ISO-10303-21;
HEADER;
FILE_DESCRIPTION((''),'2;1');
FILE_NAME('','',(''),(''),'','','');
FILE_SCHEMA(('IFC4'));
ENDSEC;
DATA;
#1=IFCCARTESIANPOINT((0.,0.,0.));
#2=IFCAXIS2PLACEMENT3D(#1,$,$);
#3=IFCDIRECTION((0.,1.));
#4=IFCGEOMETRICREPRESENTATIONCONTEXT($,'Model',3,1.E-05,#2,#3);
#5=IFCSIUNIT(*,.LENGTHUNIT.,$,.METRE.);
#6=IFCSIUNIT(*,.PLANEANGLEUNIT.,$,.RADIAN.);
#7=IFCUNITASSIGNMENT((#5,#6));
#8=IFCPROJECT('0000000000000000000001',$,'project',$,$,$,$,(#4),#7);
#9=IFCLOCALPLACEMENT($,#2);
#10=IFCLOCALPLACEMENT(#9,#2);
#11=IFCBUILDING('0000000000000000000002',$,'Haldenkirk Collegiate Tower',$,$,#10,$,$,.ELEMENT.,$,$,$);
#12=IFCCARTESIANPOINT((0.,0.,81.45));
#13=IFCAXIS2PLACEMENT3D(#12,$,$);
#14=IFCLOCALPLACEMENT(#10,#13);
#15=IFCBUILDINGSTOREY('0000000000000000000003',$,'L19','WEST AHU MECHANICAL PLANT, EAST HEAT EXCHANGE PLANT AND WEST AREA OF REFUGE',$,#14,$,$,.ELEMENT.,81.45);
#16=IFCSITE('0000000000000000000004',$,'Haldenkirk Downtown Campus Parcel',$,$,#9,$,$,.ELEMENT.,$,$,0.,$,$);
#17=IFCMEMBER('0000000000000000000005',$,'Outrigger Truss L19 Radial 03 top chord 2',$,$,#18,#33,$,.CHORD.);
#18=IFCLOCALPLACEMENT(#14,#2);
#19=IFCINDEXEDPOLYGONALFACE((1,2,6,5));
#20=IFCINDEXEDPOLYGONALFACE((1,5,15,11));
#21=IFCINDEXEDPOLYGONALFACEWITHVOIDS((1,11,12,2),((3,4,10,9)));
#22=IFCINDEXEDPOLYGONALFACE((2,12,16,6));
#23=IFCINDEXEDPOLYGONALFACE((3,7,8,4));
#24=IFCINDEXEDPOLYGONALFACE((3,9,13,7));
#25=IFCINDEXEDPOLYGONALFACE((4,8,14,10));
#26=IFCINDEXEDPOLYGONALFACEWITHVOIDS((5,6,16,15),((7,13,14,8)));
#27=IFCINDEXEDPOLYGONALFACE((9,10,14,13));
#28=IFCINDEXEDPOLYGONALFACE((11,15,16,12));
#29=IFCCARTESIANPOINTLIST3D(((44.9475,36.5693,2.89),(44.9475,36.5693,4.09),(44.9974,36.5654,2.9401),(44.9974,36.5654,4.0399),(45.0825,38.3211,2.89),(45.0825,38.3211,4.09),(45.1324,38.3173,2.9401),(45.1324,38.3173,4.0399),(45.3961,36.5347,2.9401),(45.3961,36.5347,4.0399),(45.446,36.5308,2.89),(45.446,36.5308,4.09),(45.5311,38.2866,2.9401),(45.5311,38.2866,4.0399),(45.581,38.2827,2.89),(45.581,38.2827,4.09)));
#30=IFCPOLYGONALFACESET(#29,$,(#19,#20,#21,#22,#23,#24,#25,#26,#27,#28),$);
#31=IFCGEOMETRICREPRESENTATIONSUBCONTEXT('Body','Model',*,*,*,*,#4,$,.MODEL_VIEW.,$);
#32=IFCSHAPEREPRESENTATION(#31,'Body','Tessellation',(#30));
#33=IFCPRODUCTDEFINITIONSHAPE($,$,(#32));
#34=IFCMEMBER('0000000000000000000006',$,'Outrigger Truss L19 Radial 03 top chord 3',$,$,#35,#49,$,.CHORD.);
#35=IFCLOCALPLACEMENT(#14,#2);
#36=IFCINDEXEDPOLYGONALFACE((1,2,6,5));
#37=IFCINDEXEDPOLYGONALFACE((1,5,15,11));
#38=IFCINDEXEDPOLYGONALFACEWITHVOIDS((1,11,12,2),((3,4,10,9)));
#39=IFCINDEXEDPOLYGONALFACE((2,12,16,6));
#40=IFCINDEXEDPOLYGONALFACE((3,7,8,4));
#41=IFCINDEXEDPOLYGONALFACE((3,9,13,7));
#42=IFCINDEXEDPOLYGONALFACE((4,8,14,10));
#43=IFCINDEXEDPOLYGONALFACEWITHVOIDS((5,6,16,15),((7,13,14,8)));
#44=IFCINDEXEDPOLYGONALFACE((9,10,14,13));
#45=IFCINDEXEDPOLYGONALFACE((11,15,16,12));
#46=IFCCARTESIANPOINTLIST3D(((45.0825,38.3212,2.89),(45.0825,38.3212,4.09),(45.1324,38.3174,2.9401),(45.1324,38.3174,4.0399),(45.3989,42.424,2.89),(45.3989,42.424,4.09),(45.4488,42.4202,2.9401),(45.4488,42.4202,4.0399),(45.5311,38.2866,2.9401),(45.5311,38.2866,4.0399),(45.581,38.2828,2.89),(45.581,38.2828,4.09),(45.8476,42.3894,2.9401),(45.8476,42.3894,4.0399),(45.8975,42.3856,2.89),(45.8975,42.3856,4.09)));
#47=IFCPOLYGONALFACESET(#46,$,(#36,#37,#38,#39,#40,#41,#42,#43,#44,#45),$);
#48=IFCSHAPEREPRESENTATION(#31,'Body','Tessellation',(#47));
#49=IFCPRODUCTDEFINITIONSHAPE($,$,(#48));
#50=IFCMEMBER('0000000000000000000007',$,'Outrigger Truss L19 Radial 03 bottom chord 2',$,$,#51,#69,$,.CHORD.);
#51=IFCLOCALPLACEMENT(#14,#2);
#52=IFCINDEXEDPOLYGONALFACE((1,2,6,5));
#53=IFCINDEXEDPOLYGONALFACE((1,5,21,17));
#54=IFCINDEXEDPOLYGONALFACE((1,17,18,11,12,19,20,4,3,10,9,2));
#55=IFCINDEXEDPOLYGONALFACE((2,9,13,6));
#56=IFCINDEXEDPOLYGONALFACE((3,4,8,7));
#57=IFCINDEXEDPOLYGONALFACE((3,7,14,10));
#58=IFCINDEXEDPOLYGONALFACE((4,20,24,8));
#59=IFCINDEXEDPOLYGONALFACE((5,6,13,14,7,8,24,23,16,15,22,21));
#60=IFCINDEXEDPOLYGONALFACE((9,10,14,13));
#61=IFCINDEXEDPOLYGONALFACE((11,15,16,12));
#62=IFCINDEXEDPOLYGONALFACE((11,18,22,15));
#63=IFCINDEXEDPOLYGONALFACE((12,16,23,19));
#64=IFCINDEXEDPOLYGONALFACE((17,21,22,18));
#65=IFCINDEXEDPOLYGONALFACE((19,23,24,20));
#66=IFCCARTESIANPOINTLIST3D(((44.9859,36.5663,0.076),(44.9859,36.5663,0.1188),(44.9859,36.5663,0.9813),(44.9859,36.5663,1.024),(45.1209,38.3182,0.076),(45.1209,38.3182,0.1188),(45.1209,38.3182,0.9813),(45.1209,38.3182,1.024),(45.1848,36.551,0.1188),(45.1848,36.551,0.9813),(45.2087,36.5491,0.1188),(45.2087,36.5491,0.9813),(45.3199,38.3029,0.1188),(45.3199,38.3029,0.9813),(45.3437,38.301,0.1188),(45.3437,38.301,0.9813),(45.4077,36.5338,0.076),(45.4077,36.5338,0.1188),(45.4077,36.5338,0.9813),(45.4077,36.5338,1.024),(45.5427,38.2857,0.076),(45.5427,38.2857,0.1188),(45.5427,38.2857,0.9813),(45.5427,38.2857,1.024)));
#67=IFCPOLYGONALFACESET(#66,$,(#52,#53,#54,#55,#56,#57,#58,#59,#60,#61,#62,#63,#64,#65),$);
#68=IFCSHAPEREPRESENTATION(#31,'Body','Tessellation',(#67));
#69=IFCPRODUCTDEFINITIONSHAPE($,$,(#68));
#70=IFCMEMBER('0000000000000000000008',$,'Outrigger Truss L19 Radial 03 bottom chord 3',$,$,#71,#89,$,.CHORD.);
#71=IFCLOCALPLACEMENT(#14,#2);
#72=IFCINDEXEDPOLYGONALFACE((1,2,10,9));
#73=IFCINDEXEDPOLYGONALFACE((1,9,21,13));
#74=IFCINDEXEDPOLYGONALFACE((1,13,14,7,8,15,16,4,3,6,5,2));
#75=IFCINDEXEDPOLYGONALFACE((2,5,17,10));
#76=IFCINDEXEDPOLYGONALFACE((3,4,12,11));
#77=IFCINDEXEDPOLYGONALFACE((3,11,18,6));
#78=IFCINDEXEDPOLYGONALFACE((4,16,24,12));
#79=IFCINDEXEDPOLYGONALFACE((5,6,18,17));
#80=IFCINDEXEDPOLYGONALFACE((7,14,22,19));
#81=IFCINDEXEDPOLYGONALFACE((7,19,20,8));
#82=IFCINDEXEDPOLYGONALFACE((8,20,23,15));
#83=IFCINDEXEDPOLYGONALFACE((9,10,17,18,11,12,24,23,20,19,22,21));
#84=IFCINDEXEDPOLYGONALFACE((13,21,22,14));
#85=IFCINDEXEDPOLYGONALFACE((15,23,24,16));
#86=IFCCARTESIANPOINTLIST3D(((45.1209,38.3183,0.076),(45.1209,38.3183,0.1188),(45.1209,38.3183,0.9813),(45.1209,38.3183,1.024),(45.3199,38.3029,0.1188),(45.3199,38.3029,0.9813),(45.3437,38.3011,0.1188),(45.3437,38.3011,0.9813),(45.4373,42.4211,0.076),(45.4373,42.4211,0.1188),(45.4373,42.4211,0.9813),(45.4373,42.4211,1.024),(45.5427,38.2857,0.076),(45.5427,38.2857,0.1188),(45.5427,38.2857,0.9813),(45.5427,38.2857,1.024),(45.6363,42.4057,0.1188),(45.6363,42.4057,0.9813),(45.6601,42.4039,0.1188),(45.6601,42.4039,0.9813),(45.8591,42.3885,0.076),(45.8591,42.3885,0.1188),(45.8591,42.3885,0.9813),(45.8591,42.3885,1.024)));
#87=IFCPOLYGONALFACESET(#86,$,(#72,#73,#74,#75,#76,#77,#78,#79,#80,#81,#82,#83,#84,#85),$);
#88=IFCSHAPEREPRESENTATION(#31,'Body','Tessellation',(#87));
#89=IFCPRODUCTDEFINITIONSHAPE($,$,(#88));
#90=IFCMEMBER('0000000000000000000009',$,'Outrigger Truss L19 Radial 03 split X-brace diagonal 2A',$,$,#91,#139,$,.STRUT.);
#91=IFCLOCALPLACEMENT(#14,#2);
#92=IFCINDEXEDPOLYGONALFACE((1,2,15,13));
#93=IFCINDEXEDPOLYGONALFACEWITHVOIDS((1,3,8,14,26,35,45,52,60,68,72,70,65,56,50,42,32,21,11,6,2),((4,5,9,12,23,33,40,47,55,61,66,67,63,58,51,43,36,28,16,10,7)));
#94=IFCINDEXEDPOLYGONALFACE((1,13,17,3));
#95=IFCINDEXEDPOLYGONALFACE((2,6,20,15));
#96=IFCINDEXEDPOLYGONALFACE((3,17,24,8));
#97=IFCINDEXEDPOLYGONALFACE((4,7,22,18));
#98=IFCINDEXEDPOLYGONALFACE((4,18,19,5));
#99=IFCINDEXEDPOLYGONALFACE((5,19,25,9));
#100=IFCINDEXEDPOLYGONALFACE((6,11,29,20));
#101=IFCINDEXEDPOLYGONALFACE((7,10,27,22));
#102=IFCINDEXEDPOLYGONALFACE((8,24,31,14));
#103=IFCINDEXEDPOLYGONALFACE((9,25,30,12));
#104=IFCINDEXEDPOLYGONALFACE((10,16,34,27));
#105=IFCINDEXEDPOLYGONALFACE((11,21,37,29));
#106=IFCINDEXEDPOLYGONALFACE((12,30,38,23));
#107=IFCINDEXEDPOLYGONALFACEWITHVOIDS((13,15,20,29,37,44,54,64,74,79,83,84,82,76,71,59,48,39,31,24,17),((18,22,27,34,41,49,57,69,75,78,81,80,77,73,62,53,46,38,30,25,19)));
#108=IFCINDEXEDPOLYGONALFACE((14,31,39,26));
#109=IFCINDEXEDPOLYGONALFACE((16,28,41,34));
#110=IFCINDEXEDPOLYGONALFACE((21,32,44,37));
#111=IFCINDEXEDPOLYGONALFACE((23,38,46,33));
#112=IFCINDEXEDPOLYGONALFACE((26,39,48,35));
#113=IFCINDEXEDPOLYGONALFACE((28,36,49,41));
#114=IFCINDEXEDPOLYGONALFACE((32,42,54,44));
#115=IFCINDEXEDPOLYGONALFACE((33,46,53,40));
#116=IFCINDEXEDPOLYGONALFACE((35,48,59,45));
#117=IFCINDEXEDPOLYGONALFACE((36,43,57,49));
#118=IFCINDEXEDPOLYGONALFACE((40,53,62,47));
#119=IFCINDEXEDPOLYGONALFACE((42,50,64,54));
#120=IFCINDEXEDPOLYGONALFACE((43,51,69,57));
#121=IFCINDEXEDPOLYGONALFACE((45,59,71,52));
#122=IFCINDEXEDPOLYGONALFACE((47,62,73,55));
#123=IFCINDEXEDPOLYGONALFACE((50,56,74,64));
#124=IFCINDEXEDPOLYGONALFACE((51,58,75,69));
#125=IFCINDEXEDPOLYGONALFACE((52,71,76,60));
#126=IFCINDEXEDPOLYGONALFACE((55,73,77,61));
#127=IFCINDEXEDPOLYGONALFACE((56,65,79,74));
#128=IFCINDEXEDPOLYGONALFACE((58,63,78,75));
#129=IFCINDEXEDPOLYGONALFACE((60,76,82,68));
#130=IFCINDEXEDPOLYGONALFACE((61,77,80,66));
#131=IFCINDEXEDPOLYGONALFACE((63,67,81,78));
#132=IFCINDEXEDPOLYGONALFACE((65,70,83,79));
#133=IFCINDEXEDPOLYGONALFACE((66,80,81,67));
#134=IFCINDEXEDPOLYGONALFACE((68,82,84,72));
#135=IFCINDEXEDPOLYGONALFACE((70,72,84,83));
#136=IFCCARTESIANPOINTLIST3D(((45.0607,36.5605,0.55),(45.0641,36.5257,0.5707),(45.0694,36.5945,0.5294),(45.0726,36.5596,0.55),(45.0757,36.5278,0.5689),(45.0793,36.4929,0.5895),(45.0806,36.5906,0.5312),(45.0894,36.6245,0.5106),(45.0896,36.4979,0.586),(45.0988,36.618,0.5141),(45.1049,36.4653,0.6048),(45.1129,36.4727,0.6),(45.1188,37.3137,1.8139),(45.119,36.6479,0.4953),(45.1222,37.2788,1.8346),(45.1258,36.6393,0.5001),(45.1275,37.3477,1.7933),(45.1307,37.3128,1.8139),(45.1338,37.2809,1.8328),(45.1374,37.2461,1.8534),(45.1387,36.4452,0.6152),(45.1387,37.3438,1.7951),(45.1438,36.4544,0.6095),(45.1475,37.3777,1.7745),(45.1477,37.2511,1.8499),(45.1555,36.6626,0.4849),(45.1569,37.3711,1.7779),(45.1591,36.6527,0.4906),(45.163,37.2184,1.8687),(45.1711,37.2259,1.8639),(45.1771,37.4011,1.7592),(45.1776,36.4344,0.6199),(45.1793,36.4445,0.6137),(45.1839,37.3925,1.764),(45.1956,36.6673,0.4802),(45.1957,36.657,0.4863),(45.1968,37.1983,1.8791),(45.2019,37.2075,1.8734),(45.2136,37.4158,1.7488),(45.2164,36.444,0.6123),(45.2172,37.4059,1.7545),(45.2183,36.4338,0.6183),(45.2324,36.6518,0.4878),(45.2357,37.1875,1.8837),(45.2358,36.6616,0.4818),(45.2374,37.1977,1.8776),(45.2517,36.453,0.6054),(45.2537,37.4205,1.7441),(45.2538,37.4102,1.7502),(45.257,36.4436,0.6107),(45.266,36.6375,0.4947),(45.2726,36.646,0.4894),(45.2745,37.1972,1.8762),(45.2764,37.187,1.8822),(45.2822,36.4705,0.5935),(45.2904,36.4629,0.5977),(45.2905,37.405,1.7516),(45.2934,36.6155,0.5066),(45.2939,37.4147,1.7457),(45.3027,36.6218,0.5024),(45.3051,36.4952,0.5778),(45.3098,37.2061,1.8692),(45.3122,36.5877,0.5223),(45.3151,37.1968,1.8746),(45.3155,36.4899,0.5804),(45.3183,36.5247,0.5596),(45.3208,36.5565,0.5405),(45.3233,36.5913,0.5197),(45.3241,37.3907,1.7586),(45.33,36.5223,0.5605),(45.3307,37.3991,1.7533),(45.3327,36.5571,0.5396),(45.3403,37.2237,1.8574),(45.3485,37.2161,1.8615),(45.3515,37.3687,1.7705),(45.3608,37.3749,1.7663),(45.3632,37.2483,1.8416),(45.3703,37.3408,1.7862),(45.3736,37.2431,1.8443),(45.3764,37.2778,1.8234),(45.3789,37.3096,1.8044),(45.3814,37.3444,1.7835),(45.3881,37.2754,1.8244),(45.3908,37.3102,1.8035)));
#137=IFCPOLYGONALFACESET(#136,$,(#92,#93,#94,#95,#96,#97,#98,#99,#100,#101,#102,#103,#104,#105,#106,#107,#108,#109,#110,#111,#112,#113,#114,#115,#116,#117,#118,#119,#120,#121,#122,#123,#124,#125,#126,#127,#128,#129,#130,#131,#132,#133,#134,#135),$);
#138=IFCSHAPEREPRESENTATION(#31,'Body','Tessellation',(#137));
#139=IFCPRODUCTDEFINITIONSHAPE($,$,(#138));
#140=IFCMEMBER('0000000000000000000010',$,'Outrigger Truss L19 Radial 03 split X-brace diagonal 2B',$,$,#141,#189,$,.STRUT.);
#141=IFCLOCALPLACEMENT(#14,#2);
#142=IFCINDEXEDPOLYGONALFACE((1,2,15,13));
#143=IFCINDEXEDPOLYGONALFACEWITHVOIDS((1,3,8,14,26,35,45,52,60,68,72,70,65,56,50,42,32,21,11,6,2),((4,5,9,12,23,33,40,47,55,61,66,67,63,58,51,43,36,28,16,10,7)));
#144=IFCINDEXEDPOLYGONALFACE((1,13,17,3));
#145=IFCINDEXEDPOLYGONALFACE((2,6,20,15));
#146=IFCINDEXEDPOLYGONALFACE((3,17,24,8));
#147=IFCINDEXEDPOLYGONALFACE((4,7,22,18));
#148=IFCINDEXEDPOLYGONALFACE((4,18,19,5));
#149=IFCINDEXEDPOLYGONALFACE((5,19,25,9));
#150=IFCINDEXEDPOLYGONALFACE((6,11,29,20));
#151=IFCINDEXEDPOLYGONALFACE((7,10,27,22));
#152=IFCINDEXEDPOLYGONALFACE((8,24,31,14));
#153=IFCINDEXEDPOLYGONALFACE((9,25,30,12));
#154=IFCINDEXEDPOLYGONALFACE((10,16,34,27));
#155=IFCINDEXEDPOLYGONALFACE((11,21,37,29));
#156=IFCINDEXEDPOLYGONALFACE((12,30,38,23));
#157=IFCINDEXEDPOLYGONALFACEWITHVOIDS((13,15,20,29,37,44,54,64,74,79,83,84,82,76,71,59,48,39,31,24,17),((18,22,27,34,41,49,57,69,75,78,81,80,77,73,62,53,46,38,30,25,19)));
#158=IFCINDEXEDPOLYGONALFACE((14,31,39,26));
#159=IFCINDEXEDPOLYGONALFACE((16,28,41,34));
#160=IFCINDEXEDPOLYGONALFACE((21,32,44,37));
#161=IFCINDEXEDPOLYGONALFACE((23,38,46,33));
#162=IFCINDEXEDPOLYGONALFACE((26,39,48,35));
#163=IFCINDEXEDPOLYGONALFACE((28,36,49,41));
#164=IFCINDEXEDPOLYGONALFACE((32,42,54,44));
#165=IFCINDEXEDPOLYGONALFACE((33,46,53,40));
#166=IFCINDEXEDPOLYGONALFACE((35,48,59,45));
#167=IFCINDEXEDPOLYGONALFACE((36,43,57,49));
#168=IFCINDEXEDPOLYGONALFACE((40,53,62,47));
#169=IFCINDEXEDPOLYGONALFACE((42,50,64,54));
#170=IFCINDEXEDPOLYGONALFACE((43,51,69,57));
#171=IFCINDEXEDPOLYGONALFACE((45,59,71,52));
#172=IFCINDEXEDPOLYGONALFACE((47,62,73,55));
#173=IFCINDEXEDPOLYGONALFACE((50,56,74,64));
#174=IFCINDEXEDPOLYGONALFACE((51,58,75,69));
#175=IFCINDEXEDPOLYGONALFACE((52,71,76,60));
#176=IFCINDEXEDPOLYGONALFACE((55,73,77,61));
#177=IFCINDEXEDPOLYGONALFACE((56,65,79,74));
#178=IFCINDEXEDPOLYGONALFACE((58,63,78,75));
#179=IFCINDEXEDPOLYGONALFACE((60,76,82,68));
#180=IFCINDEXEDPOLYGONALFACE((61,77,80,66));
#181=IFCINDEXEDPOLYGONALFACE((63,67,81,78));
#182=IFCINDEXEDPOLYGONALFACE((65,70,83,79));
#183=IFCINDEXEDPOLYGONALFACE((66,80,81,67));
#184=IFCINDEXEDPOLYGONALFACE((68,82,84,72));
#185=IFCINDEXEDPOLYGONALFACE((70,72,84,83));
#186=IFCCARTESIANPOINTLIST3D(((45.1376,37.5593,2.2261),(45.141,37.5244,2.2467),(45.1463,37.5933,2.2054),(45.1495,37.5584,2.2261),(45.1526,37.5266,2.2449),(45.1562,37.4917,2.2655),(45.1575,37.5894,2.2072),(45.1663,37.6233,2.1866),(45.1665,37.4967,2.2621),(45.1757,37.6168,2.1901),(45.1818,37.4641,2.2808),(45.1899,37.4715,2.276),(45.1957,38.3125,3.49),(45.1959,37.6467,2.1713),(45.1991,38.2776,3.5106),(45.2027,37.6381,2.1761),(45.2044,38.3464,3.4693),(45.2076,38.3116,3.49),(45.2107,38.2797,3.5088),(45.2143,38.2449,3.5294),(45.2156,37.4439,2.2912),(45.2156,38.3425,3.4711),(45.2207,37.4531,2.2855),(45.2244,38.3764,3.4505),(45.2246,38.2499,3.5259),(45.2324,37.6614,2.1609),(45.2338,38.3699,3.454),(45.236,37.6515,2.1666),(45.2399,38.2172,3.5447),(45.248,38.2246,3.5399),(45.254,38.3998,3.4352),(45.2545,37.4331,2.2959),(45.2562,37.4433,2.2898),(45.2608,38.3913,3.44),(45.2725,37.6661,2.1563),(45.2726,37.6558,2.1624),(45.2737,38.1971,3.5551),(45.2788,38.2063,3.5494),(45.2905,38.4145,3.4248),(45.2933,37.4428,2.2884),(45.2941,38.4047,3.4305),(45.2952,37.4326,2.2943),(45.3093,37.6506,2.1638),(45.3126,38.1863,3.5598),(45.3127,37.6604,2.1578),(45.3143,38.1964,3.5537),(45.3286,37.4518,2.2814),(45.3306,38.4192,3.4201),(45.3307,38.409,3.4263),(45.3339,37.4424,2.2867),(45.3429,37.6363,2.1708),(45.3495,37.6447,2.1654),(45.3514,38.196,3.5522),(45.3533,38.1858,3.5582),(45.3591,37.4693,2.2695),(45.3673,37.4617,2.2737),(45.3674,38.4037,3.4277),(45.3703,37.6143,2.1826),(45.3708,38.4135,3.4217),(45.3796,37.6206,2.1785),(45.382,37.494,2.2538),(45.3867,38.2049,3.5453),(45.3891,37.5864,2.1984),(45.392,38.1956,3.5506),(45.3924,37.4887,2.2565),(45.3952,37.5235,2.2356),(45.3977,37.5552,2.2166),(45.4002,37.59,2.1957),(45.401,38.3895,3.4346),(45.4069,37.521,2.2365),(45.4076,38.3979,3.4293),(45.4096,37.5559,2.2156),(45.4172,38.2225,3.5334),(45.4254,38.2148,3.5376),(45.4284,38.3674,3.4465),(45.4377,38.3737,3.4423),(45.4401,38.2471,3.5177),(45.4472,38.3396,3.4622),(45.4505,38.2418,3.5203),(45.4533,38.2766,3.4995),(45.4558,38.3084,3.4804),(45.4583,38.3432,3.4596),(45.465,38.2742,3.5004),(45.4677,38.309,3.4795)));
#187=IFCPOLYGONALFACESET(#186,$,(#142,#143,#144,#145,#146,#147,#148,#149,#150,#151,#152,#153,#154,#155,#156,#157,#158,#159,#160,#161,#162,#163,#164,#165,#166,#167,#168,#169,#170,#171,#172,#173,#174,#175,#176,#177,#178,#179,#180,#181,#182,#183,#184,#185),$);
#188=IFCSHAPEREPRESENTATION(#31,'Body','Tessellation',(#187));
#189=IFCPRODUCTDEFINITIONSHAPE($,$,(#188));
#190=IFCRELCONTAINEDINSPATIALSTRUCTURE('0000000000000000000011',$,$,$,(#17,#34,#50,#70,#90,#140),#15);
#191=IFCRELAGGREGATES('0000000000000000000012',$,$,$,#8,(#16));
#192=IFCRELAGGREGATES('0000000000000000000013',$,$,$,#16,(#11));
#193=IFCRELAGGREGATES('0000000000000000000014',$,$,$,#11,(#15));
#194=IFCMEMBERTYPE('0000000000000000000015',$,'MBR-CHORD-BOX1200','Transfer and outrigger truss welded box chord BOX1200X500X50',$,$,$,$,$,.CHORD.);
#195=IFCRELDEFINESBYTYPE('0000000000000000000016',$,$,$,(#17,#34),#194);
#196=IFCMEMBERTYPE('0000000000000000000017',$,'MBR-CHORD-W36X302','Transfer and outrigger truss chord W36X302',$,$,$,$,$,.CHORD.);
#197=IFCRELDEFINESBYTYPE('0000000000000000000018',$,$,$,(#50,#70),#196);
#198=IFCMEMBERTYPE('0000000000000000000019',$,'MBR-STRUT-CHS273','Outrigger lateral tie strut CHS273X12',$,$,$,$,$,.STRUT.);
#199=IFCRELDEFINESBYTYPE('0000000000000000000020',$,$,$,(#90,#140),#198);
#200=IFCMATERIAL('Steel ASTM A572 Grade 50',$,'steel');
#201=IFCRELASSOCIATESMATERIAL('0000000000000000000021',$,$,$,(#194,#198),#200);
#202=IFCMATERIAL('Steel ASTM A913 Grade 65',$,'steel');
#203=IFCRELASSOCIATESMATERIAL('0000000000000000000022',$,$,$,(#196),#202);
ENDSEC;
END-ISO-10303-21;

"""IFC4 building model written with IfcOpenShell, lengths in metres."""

from ifc_helpers import new_model, si_unit, direction, frame, origin, origin_2d, place, context, subcontext, project, spatial, hollow_rectangle, hollow_circle, i_section, extrude, material, material_profile, profile_set, type_object, element, save


model = new_model("IFC4")

# Units and contexts
model_context = context("Model", 3, precision=1e-05, world=origin(), true_north=direction((0.0, 1.0)))
body_context = subcontext(model_context, "Body", "Model", "MODEL_VIEW")
ifc_project = project(units=[si_unit("LENGTHUNIT", "METRE"), si_unit("PLANEANGLEUNIT", "RADIAN")], contexts=[model_context])

# Site, building, storey
site_placement = place(None, origin())
site = spatial("IfcSite", under=ifc_project, at=site_placement, Name="Haldenkirk Downtown Campus Parcel", CompositionType="ELEMENT", RefElevation=0.0)
building_placement = place(site_placement, origin())
building = spatial("IfcBuilding", under=site, at=building_placement, Name="Haldenkirk Collegiate Tower", CompositionType="ELEMENT")
storey_placement = place(building_placement, frame((0.0, 0.0, 81.45)))
storey = spatial("IfcBuildingStorey", under=building, at=storey_placement, Name="L19", Description="WEST AHU MECHANICAL PLANT, EAST HEAT EXCHANGE PLANT AND WEST AREA OF REFUGE", CompositionType="ELEMENT", Elevation=81.45)

# Members
ifc_material_1 = material(Name="Steel ASTM A572 Grade 50", Category="steel")
ifc_material_profile_1 = material_profile(ifc_material_1, hollow_rectangle(XDim=0.5, YDim=1.2, WallThickness=0.05, at=origin_2d()), Name="BOX1200X500X50")
ifc_profile_set_1 = profile_set([ifc_material_profile_1], Name="Steel ASTM A572 Grade 50")
member_type_1 = type_object("IfcMemberType", Name="MBR-CHORD-BOX1200", Description="Transfer and outrigger truss welded box chord BOX1200X500X50", PredefinedType="CHORD", material=ifc_profile_set_1)
member_1_placement = place(storey_placement, frame((45.1968, 36.55, 3.49), z_axis=(0.076835, 0.997044, 0.0), x_axis=(-0.997044, 0.076835, 0.0)))
element("IfcMember", 1, at=member_1_placement, inside=storey, type_object=member_type_1, Name="Outrigger Truss L19 Radial 03 top chord 2", PredefinedType="CHORD", context=body_context, shape_type="SweptSolid", body=[
    extrude(hollow_rectangle(XDim=0.5, YDim=1.2, WallThickness=0.05, at=origin_2d()), origin(), (0.0, 0.0, 1.0), 1.7571),
])
member_2_placement = place(storey_placement, frame((45.3318, 38.302, 3.49), z_axis=(0.076892, 0.997039, 0.0), x_axis=(-0.997039, 0.076892, 0.0)))
element("IfcMember", 2, at=member_2_placement, inside=storey, type_object=member_type_1, Name="Outrigger Truss L19 Radial 03 top chord 3", PredefinedType="CHORD", context=body_context, shape_type="SweptSolid", body=[
    extrude(hollow_rectangle(XDim=0.5, YDim=1.2, WallThickness=0.05, at=origin_2d()), origin(), (0.0, 0.0, 1.0), 4.115),
])
ifc_material_2 = material(Name="Steel ASTM A913 Grade 65", Category="steel")
ifc_material_profile_2 = material_profile(ifc_material_2, i_section(OverallWidth=0.4231, OverallDepth=0.948, WebThickness=0.0239, FlangeThickness=0.0427, at=origin_2d()), Name="W36X302")
ifc_profile_set_2 = profile_set([ifc_material_profile_2], Name="Steel ASTM A913 Grade 65")
member_type_2 = type_object("IfcMemberType", Name="MBR-CHORD-W36X302", Description="Transfer and outrigger truss chord W36X302", PredefinedType="CHORD", material=ifc_profile_set_2)
member_3_placement = place(storey_placement, frame((45.1968, 36.55, 0.55), z_axis=(0.076835, 0.997044, 0.0), x_axis=(-0.997044, 0.076835, 0.0)))
element("IfcMember", 3, at=member_3_placement, inside=storey, type_object=member_type_2, Name="Outrigger Truss L19 Radial 03 bottom chord 2", PredefinedType="CHORD", context=body_context, shape_type="SweptSolid", body=[
    extrude(i_section(OverallWidth=0.4231, OverallDepth=0.948, WebThickness=0.0239, FlangeThickness=0.0427, at=origin_2d()), origin(), (0.0, 0.0, 1.0), 1.7571),
])
member_4_placement = place(storey_placement, frame((45.3318, 38.302, 0.55), z_axis=(0.076892, 0.997039, 0.0), x_axis=(-0.997039, 0.076892, 0.0)))
element("IfcMember", 4, at=member_4_placement, inside=storey, type_object=member_type_2, Name="Outrigger Truss L19 Radial 03 bottom chord 3", PredefinedType="CHORD", context=body_context, shape_type="SweptSolid", body=[
    extrude(i_section(OverallWidth=0.4231, OverallDepth=0.948, WebThickness=0.0239, FlangeThickness=0.0427, at=origin_2d()), origin(), (0.0, 0.0, 1.0), 4.115),
])
ifc_material_profile_3 = material_profile(ifc_material_1, hollow_circle(Radius=0.1365, WallThickness=0.012, at=origin_2d()), Name="CHS273X12")
ifc_profile_set_3 = profile_set([ifc_material_profile_3], Name="Steel ASTM A572 Grade 50")
member_type_3 = type_object("IfcMemberType", Name="MBR-STRUT-CHS273", Description="Outrigger lateral tie strut CHS273X12", PredefinedType="STRUT", material=ifc_profile_set_3)
for number, where, z_axis, x_axis, name in (
    (5, (45.1968, 36.55, 0.55), (0.039462, 0.511508, 0.858372), (-0.997037, 0.076919, 0.0), "Outrigger Truss L19 Radial 03 split X-brace diagonal 2A"),
    (6, (45.2737, 37.5488, 2.2261), (0.039462, 0.511508, 0.858372), (-0.997037, 0.076919, 0.0), "Outrigger Truss L19 Radial 03 split X-brace diagonal 2B"),
):
    element("IfcMember", number, at=place(storey_placement, frame(where, z_axis=z_axis, x_axis=x_axis)), inside=storey, type_object=member_type_3, Name=name, PredefinedType="STRUT", context=body_context, shape_type="SweptSolid", body=[
        extrude(hollow_circle(Radius=0.1365, WallThickness=0.012, at=origin_2d()), origin(), (0.0, 0.0, 1.0), 1.4724),
    ])

save(model, "model.ifc")
